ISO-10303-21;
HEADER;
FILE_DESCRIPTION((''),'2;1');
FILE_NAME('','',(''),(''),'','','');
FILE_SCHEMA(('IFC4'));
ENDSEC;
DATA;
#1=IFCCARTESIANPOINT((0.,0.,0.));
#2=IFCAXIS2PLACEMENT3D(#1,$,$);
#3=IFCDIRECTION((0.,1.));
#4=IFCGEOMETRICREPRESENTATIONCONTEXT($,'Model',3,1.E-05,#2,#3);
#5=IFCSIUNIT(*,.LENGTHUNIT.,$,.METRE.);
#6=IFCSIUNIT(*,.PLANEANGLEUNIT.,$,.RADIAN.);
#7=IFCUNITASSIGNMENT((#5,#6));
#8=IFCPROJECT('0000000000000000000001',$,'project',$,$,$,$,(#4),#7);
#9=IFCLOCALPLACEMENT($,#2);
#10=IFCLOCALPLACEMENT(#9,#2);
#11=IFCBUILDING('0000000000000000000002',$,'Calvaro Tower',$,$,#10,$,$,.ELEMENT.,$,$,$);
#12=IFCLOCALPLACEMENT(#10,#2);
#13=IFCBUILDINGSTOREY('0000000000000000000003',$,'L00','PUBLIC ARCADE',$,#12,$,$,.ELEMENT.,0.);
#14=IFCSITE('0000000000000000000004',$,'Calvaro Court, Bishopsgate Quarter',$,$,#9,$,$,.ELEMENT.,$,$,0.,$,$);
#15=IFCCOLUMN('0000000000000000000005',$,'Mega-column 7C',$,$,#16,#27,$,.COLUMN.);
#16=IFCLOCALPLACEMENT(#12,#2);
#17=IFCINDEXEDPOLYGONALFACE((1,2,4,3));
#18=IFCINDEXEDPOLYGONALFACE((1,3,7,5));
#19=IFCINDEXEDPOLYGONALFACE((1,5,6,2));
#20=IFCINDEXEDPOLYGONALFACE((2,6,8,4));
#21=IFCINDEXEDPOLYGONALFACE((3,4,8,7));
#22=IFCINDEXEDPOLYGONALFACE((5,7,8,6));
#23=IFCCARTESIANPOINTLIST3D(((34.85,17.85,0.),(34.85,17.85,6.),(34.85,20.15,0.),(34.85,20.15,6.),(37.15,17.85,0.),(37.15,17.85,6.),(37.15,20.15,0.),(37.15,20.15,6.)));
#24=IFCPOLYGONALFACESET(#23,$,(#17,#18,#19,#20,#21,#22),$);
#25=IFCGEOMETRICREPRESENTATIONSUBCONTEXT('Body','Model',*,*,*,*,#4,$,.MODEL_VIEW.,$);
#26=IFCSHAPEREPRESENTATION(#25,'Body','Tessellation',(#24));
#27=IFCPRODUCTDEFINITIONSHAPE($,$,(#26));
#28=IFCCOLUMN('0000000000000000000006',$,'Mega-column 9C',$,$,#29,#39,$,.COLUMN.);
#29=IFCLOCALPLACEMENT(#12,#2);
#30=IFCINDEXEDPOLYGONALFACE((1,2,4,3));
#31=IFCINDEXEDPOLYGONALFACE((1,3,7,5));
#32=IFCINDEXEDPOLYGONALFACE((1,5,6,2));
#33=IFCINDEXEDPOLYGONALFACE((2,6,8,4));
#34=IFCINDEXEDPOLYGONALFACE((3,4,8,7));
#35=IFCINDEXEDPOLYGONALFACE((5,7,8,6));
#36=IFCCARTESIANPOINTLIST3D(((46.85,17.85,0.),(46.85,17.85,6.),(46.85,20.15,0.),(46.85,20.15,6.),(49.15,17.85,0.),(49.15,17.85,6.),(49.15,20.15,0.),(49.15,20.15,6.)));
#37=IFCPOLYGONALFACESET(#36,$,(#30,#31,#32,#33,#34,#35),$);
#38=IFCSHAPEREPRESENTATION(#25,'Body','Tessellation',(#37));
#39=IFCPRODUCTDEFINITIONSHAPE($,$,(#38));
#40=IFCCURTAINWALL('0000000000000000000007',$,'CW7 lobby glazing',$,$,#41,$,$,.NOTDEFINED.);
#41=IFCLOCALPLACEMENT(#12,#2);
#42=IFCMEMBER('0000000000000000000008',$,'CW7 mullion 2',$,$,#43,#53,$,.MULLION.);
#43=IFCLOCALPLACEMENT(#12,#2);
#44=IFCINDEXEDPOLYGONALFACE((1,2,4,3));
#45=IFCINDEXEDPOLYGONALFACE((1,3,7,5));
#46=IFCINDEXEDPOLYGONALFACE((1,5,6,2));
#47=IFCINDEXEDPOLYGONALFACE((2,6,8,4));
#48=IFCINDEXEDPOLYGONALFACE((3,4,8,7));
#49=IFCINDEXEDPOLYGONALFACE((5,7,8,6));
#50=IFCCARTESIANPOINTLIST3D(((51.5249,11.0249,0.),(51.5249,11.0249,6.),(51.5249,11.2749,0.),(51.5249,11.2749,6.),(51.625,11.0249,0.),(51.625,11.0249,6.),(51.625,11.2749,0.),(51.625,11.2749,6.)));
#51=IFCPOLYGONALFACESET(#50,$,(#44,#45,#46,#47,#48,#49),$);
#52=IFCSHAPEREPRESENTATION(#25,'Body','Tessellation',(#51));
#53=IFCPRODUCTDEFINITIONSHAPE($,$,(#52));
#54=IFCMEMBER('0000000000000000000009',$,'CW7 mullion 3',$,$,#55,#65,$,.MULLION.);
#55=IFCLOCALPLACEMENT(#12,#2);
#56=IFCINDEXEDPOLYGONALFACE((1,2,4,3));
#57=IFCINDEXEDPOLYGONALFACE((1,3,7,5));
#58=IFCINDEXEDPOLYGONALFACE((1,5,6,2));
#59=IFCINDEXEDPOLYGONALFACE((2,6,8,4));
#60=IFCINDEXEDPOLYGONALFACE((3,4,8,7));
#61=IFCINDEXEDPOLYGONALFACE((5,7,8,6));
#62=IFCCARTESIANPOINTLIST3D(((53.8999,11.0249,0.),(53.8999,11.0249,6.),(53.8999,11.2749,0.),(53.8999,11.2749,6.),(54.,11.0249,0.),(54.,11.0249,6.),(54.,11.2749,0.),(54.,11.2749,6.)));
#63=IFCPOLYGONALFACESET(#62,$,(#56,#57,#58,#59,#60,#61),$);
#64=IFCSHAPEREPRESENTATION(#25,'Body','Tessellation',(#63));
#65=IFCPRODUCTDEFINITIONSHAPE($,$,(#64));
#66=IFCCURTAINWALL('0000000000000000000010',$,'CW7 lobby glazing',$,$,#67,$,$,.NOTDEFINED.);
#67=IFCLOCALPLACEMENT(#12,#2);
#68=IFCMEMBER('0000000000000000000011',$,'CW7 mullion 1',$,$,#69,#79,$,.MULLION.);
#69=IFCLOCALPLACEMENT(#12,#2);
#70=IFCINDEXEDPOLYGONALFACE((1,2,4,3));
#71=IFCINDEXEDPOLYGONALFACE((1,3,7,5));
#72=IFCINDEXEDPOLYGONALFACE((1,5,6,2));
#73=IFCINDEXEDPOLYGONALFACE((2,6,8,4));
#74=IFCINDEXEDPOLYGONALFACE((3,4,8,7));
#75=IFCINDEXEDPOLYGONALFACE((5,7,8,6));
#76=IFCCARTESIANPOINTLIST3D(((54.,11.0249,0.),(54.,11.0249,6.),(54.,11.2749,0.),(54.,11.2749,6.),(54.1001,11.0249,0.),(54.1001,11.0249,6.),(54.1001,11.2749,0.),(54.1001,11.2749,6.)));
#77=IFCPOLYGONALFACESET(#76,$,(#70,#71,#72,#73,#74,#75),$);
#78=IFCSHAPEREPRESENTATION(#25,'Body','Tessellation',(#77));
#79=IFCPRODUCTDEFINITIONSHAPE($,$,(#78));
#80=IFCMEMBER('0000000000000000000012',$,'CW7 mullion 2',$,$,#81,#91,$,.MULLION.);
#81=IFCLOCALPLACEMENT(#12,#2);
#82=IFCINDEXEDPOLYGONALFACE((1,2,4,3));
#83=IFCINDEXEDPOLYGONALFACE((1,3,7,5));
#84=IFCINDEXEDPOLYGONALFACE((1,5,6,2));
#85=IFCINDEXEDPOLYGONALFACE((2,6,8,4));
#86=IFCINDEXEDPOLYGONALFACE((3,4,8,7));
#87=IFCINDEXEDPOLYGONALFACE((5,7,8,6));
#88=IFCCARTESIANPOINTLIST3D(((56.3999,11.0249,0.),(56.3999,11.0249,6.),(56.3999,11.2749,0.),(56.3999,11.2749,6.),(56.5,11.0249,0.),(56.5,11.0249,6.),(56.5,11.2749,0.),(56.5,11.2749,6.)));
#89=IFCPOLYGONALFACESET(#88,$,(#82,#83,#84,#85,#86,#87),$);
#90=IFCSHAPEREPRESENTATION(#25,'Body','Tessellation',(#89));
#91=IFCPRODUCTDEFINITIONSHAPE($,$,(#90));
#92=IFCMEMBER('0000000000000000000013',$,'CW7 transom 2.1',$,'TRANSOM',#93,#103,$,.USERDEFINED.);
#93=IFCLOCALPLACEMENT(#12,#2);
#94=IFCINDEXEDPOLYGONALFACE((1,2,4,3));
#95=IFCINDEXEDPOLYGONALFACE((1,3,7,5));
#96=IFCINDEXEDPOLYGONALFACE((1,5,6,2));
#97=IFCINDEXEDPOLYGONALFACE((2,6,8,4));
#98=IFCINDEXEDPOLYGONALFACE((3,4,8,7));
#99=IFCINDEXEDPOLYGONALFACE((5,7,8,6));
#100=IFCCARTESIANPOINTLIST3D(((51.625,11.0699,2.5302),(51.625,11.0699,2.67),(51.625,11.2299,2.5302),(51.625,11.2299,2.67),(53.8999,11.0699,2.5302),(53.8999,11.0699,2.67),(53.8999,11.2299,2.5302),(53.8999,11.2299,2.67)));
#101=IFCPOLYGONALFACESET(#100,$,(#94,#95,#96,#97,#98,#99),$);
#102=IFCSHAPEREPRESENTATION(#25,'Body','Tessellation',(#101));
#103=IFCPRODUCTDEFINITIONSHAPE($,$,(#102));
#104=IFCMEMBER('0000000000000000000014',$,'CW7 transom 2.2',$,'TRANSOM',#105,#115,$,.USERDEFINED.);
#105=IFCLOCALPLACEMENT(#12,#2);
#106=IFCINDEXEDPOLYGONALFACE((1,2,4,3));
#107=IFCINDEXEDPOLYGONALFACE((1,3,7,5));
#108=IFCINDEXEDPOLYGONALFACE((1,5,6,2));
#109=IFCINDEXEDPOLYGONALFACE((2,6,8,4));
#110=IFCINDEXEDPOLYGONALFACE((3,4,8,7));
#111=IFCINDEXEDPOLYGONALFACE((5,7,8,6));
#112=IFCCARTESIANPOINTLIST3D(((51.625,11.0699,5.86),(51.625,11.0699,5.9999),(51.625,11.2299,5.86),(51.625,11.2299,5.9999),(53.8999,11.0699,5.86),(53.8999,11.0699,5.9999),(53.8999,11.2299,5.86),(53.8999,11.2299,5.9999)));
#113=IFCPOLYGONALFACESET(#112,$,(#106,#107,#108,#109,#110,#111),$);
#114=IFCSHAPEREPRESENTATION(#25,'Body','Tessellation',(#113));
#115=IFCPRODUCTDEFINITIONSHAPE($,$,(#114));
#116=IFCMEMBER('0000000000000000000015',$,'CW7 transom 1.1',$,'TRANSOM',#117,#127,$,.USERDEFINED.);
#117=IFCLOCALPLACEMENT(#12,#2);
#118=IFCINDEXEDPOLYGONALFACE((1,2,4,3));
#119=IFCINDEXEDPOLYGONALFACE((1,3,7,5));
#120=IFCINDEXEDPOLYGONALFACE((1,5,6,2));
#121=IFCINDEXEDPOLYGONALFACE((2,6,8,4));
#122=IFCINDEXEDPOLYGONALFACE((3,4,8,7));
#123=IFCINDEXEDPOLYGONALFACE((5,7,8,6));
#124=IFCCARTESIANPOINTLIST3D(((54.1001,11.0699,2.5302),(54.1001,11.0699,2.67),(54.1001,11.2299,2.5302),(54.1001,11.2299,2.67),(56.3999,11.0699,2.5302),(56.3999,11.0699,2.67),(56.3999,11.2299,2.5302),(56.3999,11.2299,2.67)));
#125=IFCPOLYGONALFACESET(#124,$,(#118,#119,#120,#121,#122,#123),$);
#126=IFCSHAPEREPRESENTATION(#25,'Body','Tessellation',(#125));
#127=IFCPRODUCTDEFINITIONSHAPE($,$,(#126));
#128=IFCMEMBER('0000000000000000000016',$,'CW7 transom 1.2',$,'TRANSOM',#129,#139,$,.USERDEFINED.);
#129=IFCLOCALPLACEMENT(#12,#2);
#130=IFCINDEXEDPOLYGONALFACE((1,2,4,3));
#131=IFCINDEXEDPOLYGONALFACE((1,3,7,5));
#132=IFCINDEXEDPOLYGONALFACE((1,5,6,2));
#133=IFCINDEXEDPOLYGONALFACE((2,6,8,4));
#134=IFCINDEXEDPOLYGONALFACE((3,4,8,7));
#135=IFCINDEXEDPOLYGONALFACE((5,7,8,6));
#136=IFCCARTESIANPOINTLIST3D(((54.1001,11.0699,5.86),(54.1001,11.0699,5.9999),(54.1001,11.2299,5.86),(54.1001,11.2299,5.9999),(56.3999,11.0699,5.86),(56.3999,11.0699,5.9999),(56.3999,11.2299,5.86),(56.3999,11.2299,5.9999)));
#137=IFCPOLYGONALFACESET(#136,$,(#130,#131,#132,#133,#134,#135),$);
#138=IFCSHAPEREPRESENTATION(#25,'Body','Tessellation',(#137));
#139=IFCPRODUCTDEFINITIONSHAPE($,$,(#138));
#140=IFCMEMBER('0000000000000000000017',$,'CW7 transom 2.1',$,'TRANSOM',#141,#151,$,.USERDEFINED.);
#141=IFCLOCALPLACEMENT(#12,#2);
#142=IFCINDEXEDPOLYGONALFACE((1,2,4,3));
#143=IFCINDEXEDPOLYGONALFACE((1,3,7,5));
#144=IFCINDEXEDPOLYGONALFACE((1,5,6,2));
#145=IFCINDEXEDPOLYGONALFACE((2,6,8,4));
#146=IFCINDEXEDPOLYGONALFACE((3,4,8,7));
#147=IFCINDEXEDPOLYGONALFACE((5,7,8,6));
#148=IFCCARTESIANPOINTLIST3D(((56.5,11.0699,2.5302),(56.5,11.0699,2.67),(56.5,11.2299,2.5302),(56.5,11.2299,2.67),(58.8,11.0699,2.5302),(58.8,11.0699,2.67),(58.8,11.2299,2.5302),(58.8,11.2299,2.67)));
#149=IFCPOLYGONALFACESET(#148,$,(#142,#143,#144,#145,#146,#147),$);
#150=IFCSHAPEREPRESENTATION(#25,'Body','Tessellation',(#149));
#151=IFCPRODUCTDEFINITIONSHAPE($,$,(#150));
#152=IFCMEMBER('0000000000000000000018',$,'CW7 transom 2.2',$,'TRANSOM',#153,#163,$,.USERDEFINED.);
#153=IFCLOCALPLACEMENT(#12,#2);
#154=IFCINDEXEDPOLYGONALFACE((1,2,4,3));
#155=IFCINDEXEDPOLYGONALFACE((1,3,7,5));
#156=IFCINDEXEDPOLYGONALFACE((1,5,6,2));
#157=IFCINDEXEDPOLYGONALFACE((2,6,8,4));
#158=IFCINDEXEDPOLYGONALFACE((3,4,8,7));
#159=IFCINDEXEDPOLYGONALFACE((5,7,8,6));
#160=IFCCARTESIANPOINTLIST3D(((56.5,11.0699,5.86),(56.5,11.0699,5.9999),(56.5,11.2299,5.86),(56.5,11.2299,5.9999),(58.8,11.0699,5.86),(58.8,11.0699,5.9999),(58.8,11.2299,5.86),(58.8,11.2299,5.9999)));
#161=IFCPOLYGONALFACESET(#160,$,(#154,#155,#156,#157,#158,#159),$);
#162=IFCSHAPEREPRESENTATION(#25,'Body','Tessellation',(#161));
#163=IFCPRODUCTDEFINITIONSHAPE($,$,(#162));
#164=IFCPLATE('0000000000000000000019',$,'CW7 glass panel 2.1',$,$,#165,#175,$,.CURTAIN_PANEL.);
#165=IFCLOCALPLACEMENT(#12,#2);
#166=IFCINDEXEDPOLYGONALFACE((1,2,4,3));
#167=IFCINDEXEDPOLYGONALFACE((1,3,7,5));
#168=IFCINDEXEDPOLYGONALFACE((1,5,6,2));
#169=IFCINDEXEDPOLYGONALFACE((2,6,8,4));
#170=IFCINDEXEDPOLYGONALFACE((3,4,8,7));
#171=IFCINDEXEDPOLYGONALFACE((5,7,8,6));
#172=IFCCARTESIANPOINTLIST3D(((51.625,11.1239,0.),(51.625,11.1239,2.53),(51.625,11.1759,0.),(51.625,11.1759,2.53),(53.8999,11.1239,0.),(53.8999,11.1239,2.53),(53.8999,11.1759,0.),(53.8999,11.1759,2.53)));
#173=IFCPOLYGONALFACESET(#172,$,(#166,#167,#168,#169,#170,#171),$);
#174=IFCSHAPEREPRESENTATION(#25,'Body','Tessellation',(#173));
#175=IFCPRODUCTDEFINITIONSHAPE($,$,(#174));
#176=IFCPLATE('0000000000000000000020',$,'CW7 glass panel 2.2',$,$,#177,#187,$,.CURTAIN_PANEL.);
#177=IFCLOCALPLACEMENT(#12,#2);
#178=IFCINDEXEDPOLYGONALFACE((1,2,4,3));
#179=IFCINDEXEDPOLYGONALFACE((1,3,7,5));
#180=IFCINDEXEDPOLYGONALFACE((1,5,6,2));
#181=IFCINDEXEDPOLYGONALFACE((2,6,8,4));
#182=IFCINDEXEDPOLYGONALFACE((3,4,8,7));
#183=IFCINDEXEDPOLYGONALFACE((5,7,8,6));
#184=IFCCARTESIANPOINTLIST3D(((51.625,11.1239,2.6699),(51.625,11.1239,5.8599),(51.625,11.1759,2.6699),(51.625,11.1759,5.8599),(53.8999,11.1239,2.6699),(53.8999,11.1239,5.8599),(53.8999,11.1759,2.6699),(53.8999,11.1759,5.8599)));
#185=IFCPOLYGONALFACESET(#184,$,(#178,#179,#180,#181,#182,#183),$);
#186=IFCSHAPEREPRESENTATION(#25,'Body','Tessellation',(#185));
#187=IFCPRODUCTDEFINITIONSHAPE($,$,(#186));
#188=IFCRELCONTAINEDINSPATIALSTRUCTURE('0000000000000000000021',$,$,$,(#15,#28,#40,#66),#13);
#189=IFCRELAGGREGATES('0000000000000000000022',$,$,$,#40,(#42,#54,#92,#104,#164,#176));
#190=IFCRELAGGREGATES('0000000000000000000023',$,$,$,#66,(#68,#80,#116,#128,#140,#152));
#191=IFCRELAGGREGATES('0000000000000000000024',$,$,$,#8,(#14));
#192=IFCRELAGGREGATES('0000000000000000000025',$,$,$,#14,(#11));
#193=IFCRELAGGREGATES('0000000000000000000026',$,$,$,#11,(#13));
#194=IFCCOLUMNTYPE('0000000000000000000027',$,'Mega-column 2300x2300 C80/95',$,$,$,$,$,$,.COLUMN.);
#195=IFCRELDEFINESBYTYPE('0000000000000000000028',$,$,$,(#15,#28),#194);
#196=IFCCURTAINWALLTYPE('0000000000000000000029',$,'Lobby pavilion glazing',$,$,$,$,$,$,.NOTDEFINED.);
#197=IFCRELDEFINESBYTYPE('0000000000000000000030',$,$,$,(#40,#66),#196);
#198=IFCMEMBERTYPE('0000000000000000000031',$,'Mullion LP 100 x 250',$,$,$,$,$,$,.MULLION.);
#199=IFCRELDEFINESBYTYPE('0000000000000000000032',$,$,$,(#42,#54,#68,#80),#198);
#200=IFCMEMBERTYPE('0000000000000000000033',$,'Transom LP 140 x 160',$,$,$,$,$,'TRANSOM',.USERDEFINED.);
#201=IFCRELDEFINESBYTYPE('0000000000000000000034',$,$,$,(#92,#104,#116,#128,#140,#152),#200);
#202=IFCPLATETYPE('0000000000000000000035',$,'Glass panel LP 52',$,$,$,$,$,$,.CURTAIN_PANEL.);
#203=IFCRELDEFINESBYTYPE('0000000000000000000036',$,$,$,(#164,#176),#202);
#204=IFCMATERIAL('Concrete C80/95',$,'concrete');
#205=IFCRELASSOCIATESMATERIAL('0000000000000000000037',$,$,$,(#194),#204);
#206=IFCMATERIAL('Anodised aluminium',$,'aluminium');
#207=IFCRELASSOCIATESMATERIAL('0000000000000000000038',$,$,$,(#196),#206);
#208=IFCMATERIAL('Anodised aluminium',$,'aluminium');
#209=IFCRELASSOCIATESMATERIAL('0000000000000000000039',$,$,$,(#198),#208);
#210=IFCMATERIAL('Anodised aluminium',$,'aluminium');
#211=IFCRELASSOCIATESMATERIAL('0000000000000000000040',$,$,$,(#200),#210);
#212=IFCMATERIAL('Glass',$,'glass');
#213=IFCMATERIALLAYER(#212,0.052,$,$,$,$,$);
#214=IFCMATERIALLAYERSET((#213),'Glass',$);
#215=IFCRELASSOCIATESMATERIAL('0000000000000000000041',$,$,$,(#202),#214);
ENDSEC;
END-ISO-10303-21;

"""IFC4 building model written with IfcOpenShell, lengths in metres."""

from ifc_helpers import new_model, si_unit, direction, frame, origin, origin_2d, place, context, subcontext, project, spatial, rectangle, extrude, material, layer, layer_set, material_profile, profile_set, type_object, element, aggregate, save


model = new_model("IFC4")

# Units and contexts
model_context = context("Model", 3, precision=1e-05, world=origin(), true_north=direction((0.0, 1.0)))
body_context = subcontext(model_context, "Body", "Model", "MODEL_VIEW")
ifc_project = project(units=[si_unit("LENGTHUNIT", "METRE"), si_unit("PLANEANGLEUNIT", "RADIAN")], contexts=[model_context])

# Site, building, storey
site_placement = place(None, origin())
site = spatial("IfcSite", under=ifc_project, at=site_placement, Name="Calvaro Court, Bishopsgate Quarter", CompositionType="ELEMENT", RefElevation=0.0)
building_placement = place(site_placement, origin())
building = spatial("IfcBuilding", under=site, at=building_placement, Name="Calvaro Tower", CompositionType="ELEMENT")
storey_placement = place(building_placement, origin())
storey = spatial("IfcBuildingStorey", under=building, at=storey_placement, Name="L00", Description="PUBLIC ARCADE", CompositionType="ELEMENT", Elevation=0.0)

# Columns
ifc_material_1 = material(Name="Concrete C80/95", Category="concrete")
ifc_material_profile_1 = material_profile(ifc_material_1, rectangle(XDim=2.3, YDim=2.3, at=origin_2d()), Name="RC 2300x2300")
ifc_profile_set_1 = profile_set([ifc_material_profile_1], Name="Concrete C80/95")
column_type = type_object("IfcColumnType", Name="Mega-column 2300x2300 C80/95", PredefinedType="COLUMN", material=ifc_profile_set_1)
for number, where, z_axis, x_axis, name in (
    (1, (36.0, 19.0, 0.0), (0.0, 0.0, 1.0), (1.0, 0.0, 0.0), "Mega-column 7C"),
    (2, (48.0, 19.0, 0.0), (0.0, 0.0, 1.0), (1.0, 0.0, 0.0), "Mega-column 9C"),
):
    element("IfcColumn", number, at=place(storey_placement, frame(where, z_axis=z_axis, x_axis=x_axis)), inside=storey, type_object=column_type, Name=name, PredefinedType="COLUMN", context=body_context, shape_type="SweptSolid", body=[
        extrude(rectangle(XDim=2.3, YDim=2.3, at=origin_2d()), origin(), (0.0, 0.0, 1.0), 6.0),
    ])

# Curtain walls, members
ifc_material_2 = material(Name="Anodised aluminium", Category="aluminium")
curtain_wall_type = type_object("IfcCurtainWallType", Name="Lobby pavilion glazing", PredefinedType="NOTDEFINED", material=ifc_material_2)
curtain_wall_1_placement = place(storey_placement, origin())
curtain_wall_1 = element("IfcCurtainWall", 3, at=curtain_wall_1_placement, inside=storey, type_object=curtain_wall_type, Name="CW7 lobby glazing", PredefinedType="NOTDEFINED")
ifc_material_3 = material(Name="Anodised aluminium", Category="aluminium")
ifc_material_profile_2 = material_profile(ifc_material_3, rectangle(XDim=0.25, YDim=0.1001, at=origin_2d()), Name="Mullion LP 100 x 250")
ifc_profile_set_2 = profile_set([ifc_material_profile_2], Name="Anodised aluminium")
member_type_1 = type_object("IfcMemberType", Name="Mullion LP 100 x 250", PredefinedType="MULLION", material=ifc_profile_set_2)
member_1_placement = place(storey_placement, frame((51.575, 11.1499, 0.0), z_axis=(0.0, 0.0, 1.0), x_axis=(0.0, 1.0, 0.0)))
member_1 = element("IfcMember", 4, at=member_1_placement, type_object=member_type_1, Name="CW7 mullion 2", PredefinedType="MULLION", context=body_context, shape_type="SweptSolid", body=[
    extrude(rectangle(XDim=0.25, YDim=0.1001, at=origin_2d()), origin(), (0.0, 0.0, 1.0), 6.0),
])
member_2_placement = place(storey_placement, frame((53.95, 11.1499, 0.0), z_axis=(0.0, 0.0, 1.0), x_axis=(0.0, 1.0, 0.0)))
member_2 = element("IfcMember", 5, at=member_2_placement, type_object=member_type_1, Name="CW7 mullion 3", PredefinedType="MULLION", context=body_context, shape_type="SweptSolid", body=[
    extrude(rectangle(XDim=0.25, YDim=0.1001, at=origin_2d()), origin(), (0.0, 0.0, 1.0), 6.0),
])
curtain_wall_2_placement = place(storey_placement, origin())
curtain_wall_2 = element("IfcCurtainWall", 6, at=curtain_wall_2_placement, inside=storey, type_object=curtain_wall_type, Name="CW7 lobby glazing", PredefinedType="NOTDEFINED")
member_3_placement = place(storey_placement, frame((54.05, 11.1499, 0.0), z_axis=(0.0, 0.0, 1.0), x_axis=(0.0, 1.0, 0.0)))
member_3 = element("IfcMember", 7, at=member_3_placement, type_object=member_type_1, Name="CW7 mullion 1", PredefinedType="MULLION", context=body_context, shape_type="SweptSolid", body=[
    extrude(rectangle(XDim=0.25, YDim=0.1001, at=origin_2d()), origin(), (0.0, 0.0, 1.0), 6.0),
])
member_4_placement = place(storey_placement, frame((56.45, 11.1499, 0.0), z_axis=(0.0, 0.0, 1.0), x_axis=(0.0, 1.0, 0.0)))
member_4 = element("IfcMember", 8, at=member_4_placement, type_object=member_type_1, Name="CW7 mullion 2", PredefinedType="MULLION", context=body_context, shape_type="SweptSolid", body=[
    extrude(rectangle(XDim=0.25, YDim=0.1001, at=origin_2d()), origin(), (0.0, 0.0, 1.0), 6.0),
])

# Members
ifc_material_4 = material(Name="Anodised aluminium", Category="aluminium")
ifc_material_profile_3 = material_profile(ifc_material_4, rectangle(XDim=0.1599, YDim=0.1399, at=origin_2d()), Name="Transom LP 140 x 160")
ifc_profile_set_3 = profile_set([ifc_material_profile_3], Name="Anodised aluminium")
member_type_2 = type_object("IfcMemberType", Name="Transom LP 140 x 160", ElementType="TRANSOM", PredefinedType="USERDEFINED", material=ifc_profile_set_3)
member_5_placement = place(storey_placement, frame((51.625, 11.1499, 2.6001), z_axis=(1.0, 0.0, 0.0), x_axis=(0.0, 1.0, 0.0)))
member_5 = element("IfcMember", 9, at=member_5_placement, type_object=member_type_2, Name="CW7 transom 2.1", ObjectType="TRANSOM", PredefinedType="USERDEFINED", context=body_context, shape_type="SweptSolid", body=[
    extrude(rectangle(XDim=0.1599, YDim=0.1399, at=origin_2d()), origin(), (0.0, 0.0, 1.0), 2.2749),
])
member_6_placement = place(storey_placement, frame((51.625, 11.1499, 5.9299), z_axis=(1.0, 0.0, 0.0), x_axis=(0.0, 1.0, 0.0)))
member_6 = element("IfcMember", 10, at=member_6_placement, type_object=member_type_2, Name="CW7 transom 2.2", ObjectType="TRANSOM", PredefinedType="USERDEFINED", context=body_context, shape_type="SweptSolid", body=[
    extrude(rectangle(XDim=0.1599, YDim=0.1399, at=origin_2d()), origin(), (0.0, 0.0, 1.0), 2.2749),
])
member_7_placement = place(storey_placement, frame((54.1001, 11.1499, 2.6001), z_axis=(1.0, 0.0, 0.0), x_axis=(0.0, 1.0, 0.0)))
member_7 = element("IfcMember", 11, at=member_7_placement, type_object=member_type_2, Name="CW7 transom 1.1", ObjectType="TRANSOM", PredefinedType="USERDEFINED", context=body_context, shape_type="SweptSolid", body=[
    extrude(rectangle(XDim=0.1599, YDim=0.1399, at=origin_2d()), origin(), (0.0, 0.0, 1.0), 2.2998),
])
member_8_placement = place(storey_placement, frame((54.1001, 11.1499, 5.9299), z_axis=(1.0, 0.0, 0.0), x_axis=(0.0, 1.0, 0.0)))
member_8 = element("IfcMember", 12, at=member_8_placement, type_object=member_type_2, Name="CW7 transom 1.2", ObjectType="TRANSOM", PredefinedType="USERDEFINED", context=body_context, shape_type="SweptSolid", body=[
    extrude(rectangle(XDim=0.1599, YDim=0.1399, at=origin_2d()), origin(), (0.0, 0.0, 1.0), 2.2998),
])
member_9_placement = place(storey_placement, frame((56.5, 11.1499, 2.6001), z_axis=(1.0, 0.0, 0.0), x_axis=(0.0, 1.0, 0.0)))
member_9 = element("IfcMember", 13, at=member_9_placement, type_object=member_type_2, Name="CW7 transom 2.1", ObjectType="TRANSOM", PredefinedType="USERDEFINED", context=body_context, shape_type="SweptSolid", body=[
    extrude(rectangle(XDim=0.1599, YDim=0.1399, at=origin_2d()), origin(), (0.0, 0.0, 1.0), 2.3),
])
member_10_placement = place(storey_placement, frame((56.5, 11.1499, 5.9299), z_axis=(1.0, 0.0, 0.0), x_axis=(0.0, 1.0, 0.0)))
member_10 = element("IfcMember", 14, at=member_10_placement, type_object=member_type_2, Name="CW7 transom 2.2", ObjectType="TRANSOM", PredefinedType="USERDEFINED", context=body_context, shape_type="SweptSolid", body=[
    extrude(rectangle(XDim=0.1599, YDim=0.1399, at=origin_2d()), origin(), (0.0, 0.0, 1.0), 2.3),
])

# Plates
ifc_material_5 = material(Name="Glass", Category="glass")
ifc_layer_1 = layer(ifc_material_5, 0.052)
ifc_layer_set_1 = layer_set([ifc_layer_1], Name="Glass")
plate_type = type_object("IfcPlateType", Name="Glass panel LP 52", PredefinedType="CURTAIN_PANEL", material=ifc_layer_set_1)
plate_1_placement = place(storey_placement, frame((52.7625, 11.1499, 0.0), z_axis=(0.0, 0.0, 1.0), x_axis=(1.0, 0.0, 0.0)))
plate_1 = element("IfcPlate", 15, at=plate_1_placement, type_object=plate_type, Name="CW7 glass panel 2.1", PredefinedType="CURTAIN_PANEL", context=body_context, shape_type="SweptSolid", body=[
    extrude(rectangle(XDim=2.2749, YDim=0.052, at=origin_2d()), origin(), (0.0, 0.0, 1.0), 2.53),
])
plate_2_placement = place(storey_placement, frame((52.7625, 11.1499, 2.6699), z_axis=(0.0, 0.0, 1.0), x_axis=(1.0, 0.0, 0.0)))
plate_2 = element("IfcPlate", 16, at=plate_2_placement, type_object=plate_type, Name="CW7 glass panel 2.2", PredefinedType="CURTAIN_PANEL", context=body_context, shape_type="SweptSolid", body=[
    extrude(rectangle(XDim=2.2749, YDim=0.052, at=origin_2d()), origin(), (0.0, 0.0, 1.0), 3.1899),
])
aggregate(curtain_wall_1, [member_1, member_2, member_5, member_6, plate_1, plate_2])
aggregate(curtain_wall_2, [member_3, member_4, member_7, member_8, member_9, member_10])

save(model, "model.ifc")
